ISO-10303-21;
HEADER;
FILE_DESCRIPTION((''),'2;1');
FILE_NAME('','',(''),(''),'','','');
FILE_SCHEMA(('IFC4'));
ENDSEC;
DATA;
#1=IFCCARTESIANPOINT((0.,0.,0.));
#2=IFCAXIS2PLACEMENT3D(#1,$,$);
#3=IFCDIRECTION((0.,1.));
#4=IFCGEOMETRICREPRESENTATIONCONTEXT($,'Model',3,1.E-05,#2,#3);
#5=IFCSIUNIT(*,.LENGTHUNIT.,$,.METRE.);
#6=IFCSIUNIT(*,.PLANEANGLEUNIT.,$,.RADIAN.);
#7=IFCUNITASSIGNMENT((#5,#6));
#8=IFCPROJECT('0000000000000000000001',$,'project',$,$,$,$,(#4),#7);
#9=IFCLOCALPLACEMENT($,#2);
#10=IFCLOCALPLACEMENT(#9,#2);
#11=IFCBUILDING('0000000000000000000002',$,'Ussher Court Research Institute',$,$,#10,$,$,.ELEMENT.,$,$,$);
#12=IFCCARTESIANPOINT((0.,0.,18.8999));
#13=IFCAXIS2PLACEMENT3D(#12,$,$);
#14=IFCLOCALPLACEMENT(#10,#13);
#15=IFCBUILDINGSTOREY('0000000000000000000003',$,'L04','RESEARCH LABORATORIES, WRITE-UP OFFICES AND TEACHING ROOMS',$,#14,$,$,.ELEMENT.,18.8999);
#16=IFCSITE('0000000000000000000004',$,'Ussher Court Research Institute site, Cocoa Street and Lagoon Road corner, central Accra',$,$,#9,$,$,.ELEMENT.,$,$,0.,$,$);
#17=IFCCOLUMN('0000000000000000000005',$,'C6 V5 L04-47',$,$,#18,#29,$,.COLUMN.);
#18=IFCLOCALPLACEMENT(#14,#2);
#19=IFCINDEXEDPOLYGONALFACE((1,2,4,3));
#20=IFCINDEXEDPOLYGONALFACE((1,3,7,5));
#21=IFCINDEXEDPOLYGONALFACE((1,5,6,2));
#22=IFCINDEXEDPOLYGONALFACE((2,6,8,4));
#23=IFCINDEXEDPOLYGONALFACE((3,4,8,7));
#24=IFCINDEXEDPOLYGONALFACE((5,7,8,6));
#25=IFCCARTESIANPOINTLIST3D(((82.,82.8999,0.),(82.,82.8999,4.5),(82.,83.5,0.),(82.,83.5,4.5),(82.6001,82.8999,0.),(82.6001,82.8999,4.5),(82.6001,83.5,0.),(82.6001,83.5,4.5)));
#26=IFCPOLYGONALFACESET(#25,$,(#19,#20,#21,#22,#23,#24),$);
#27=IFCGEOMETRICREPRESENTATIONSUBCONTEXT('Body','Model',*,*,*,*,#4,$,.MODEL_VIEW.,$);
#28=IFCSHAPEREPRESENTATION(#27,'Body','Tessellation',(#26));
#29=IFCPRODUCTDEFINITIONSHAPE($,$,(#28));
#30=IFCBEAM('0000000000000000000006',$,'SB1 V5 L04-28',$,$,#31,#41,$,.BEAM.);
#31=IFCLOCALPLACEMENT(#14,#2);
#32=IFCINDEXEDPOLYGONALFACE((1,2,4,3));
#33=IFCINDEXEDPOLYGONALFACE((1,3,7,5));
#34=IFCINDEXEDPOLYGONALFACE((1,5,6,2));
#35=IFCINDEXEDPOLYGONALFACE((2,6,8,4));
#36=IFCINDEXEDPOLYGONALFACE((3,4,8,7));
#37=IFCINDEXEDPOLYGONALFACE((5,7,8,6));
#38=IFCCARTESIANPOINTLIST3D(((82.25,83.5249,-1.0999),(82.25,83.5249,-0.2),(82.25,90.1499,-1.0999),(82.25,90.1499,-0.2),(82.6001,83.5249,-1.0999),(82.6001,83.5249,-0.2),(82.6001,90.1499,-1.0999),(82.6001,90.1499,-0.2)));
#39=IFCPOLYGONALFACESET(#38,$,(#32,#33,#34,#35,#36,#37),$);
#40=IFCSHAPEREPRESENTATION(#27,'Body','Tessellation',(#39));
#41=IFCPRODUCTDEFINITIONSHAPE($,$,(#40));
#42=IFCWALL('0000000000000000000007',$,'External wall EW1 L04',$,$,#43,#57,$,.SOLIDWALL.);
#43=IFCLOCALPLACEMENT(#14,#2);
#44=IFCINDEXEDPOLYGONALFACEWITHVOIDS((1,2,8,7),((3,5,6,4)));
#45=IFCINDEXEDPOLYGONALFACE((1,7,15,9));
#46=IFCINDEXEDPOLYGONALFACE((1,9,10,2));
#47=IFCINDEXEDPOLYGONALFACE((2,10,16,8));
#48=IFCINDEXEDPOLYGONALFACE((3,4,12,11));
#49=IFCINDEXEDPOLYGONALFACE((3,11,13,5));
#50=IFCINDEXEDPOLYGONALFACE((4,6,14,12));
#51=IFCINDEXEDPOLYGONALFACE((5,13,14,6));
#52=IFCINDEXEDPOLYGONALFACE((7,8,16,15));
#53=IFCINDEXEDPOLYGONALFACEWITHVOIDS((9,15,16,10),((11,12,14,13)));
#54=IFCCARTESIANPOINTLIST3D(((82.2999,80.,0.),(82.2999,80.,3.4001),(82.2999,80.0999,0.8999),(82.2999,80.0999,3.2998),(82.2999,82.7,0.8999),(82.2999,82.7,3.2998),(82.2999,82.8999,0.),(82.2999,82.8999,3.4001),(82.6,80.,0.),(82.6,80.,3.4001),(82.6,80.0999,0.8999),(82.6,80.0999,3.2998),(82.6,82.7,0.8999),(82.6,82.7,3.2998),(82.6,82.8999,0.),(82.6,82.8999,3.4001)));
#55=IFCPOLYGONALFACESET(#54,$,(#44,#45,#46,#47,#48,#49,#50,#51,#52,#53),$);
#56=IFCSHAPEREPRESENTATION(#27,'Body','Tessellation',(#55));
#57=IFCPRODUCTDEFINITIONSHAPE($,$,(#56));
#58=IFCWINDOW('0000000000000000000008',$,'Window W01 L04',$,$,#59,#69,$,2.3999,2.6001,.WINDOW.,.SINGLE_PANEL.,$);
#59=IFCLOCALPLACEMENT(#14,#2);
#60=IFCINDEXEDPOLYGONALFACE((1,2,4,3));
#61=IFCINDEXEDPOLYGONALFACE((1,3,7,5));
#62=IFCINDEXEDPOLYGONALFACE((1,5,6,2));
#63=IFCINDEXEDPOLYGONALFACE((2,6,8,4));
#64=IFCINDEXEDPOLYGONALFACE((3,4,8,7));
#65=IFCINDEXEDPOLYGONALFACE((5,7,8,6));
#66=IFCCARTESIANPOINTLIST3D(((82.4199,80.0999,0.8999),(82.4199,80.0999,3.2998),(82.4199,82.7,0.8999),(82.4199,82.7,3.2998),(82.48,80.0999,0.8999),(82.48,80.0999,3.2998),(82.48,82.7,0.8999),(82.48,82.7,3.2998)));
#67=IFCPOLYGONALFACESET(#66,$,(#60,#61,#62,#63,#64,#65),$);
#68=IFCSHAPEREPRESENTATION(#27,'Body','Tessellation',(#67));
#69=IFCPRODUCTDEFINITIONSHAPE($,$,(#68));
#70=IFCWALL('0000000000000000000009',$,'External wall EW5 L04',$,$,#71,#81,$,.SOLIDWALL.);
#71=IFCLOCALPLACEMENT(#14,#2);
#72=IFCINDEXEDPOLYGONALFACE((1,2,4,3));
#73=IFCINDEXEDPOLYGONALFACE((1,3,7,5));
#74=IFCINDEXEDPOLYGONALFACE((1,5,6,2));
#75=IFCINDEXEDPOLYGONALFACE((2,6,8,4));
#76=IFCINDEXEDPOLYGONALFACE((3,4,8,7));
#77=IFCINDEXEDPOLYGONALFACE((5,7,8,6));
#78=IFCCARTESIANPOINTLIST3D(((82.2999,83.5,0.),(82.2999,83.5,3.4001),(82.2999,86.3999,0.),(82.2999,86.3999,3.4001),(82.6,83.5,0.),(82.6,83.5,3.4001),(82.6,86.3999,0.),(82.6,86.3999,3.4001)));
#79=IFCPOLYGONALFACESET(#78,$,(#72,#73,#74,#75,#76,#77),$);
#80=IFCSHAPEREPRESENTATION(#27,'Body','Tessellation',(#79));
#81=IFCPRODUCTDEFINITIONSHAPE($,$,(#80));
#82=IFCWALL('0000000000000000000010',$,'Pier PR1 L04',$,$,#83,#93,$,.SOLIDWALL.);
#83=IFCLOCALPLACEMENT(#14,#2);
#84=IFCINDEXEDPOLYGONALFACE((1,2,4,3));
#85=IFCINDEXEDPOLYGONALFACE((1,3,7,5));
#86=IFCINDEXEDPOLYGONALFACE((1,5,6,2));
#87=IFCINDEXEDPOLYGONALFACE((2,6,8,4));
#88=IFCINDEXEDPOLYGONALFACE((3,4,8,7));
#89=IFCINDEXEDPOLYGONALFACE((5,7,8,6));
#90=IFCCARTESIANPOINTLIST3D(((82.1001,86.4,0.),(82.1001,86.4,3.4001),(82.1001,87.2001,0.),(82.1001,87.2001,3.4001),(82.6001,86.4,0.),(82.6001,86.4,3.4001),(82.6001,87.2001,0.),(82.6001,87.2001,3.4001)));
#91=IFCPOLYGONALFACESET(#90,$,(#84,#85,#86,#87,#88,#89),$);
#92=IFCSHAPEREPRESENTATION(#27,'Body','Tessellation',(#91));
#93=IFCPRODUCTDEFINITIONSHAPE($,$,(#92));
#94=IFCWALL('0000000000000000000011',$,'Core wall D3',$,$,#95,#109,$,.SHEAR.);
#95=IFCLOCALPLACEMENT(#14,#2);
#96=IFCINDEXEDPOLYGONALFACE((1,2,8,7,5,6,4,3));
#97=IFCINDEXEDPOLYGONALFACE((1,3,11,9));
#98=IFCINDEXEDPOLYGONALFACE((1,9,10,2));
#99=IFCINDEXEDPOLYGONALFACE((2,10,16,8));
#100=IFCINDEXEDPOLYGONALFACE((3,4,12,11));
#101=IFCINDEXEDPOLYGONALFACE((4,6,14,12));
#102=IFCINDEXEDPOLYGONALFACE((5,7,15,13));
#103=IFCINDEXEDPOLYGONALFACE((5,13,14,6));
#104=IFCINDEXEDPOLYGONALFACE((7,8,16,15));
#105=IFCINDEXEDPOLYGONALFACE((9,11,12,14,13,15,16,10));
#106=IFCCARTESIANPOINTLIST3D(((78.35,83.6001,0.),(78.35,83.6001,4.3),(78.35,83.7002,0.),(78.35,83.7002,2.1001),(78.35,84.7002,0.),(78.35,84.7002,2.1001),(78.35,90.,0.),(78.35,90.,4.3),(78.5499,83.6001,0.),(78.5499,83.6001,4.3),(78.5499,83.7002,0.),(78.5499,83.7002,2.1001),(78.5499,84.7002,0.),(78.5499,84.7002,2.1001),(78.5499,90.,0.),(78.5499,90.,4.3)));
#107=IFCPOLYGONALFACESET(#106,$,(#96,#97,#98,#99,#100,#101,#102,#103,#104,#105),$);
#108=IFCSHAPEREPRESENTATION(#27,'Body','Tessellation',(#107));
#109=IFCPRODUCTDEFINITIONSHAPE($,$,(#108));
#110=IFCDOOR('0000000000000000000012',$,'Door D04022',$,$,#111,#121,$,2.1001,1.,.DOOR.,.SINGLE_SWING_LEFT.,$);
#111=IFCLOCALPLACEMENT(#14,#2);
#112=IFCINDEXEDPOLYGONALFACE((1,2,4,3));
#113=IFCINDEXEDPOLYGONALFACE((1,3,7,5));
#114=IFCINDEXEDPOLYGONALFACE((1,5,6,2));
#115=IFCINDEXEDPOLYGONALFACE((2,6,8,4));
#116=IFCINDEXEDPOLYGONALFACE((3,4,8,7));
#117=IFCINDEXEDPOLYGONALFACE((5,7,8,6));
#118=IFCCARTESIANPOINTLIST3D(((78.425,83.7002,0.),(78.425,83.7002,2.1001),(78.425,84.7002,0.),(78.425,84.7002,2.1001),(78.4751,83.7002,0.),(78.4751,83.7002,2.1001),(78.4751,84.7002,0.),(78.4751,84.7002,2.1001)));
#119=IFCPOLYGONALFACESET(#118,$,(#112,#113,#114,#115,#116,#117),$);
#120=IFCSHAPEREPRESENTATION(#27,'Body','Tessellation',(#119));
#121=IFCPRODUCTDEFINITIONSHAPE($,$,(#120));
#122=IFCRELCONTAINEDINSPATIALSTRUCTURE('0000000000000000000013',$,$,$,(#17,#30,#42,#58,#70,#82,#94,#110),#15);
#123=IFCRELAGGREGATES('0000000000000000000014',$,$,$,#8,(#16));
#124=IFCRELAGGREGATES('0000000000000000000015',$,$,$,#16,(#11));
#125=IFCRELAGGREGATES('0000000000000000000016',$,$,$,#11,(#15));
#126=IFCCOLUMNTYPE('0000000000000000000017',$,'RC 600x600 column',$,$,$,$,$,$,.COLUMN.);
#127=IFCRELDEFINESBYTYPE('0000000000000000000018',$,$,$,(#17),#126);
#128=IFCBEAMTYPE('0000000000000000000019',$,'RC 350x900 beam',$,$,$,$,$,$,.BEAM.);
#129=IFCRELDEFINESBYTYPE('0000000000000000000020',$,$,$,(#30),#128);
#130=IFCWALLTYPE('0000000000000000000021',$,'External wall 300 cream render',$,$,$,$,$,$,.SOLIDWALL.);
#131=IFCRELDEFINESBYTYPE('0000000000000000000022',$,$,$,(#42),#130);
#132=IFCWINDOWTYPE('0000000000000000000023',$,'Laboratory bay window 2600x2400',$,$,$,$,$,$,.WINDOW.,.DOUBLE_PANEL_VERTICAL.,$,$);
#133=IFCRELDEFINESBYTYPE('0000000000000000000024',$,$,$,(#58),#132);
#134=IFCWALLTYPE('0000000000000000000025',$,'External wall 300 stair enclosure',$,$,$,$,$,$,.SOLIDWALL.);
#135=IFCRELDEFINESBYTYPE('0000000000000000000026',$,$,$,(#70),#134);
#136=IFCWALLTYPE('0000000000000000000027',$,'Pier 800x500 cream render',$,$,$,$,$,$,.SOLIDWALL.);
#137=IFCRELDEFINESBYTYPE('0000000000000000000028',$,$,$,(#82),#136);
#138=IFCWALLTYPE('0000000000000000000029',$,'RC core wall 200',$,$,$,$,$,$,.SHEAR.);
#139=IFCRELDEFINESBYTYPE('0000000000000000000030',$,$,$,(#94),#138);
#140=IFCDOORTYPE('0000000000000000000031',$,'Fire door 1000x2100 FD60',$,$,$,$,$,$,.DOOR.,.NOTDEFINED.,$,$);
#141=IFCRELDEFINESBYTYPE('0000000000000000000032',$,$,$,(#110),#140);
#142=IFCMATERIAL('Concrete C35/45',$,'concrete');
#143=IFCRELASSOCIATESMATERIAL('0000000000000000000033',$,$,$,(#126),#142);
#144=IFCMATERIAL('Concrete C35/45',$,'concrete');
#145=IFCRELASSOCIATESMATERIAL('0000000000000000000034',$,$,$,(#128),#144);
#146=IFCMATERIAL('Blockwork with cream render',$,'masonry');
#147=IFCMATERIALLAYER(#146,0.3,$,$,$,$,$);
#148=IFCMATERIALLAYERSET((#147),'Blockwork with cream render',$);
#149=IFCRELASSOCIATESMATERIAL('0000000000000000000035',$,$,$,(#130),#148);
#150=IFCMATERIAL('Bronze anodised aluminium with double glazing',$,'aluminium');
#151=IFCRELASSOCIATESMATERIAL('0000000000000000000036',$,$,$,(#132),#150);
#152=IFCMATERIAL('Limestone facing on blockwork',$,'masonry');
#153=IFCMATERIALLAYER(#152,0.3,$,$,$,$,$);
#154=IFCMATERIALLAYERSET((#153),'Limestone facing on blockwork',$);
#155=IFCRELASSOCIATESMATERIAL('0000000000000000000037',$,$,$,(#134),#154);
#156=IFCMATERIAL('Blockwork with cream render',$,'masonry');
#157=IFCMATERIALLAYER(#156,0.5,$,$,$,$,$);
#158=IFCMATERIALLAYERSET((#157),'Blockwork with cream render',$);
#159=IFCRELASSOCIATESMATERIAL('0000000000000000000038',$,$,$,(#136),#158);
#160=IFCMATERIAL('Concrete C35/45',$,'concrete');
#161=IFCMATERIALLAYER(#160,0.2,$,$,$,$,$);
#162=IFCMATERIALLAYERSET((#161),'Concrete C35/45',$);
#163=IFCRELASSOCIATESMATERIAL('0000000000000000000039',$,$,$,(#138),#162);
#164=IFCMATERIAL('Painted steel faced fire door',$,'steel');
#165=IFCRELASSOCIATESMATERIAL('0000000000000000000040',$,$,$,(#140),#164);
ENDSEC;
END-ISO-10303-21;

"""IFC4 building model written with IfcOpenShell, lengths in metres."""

from ifc_helpers import new_model, si_unit, direction, frame, frame_2d, origin, origin_2d, place, context, subcontext, project, spatial, rectangle, extrude, material, layer, layer_set, material_profile, profile_set, type_object, element, fill, save


model = new_model("IFC4")

# Units and contexts
model_context = context("Model", 3, precision=1e-05, world=origin(), true_north=direction((0.0, 1.0)))
body_context = subcontext(model_context, "Body", "Model", "MODEL_VIEW")
ifc_project = project(units=[si_unit("LENGTHUNIT", "METRE"), si_unit("PLANEANGLEUNIT", "RADIAN")], contexts=[model_context])

# Site, building, storey
site_placement = place(None, origin())
site = spatial("IfcSite", under=ifc_project, at=site_placement, Name="Ussher Court Research Institute site, Cocoa Street and Lagoon Road corner, central Accra", CompositionType="ELEMENT", RefElevation=0.0)
building_placement = place(site_placement, origin())
building = spatial("IfcBuilding", under=site, at=building_placement, Name="Ussher Court Research Institute", CompositionType="ELEMENT")
storey_placement = place(building_placement, frame((0.0, 0.0, 18.8999)))
storey = spatial("IfcBuildingStorey", under=building, at=storey_placement, Name="L04", Description="RESEARCH LABORATORIES, WRITE-UP OFFICES AND TEACHING ROOMS", CompositionType="ELEMENT", Elevation=18.8999)

# Column
ifc_material_1 = material(Name="Concrete C35/45", Category="concrete")
ifc_material_profile_1 = material_profile(ifc_material_1, rectangle(XDim=0.6001, YDim=0.6001, at=origin_2d()), Name="RC 600x600")
ifc_profile_set_1 = profile_set([ifc_material_profile_1], Name="Concrete C35/45")
column_type = type_object("IfcColumnType", Name="RC 600x600 column", PredefinedType="COLUMN", material=ifc_profile_set_1)
column_placement = place(storey_placement, frame((82.3, 83.2, 0.0), z_axis=(0.0, 0.0, 1.0), x_axis=(1.0, 0.0, 0.0)))
element("IfcColumn", 1, at=column_placement, inside=storey, type_object=column_type, Name="C6 V5 L04-47", PredefinedType="COLUMN", context=body_context, shape_type="SweptSolid", body=[
    extrude(rectangle(XDim=0.6001, YDim=0.6001, at=origin_2d()), origin(), (0.0, 0.0, 1.0), 4.5),
])

# Beam
ifc_material_2 = material(Name="Concrete C35/45", Category="concrete")
ifc_material_profile_2 = material_profile(ifc_material_2, rectangle(XDim=0.3501, YDim=0.8999, at=origin_2d()), Name="RC 350x900")
ifc_profile_set_2 = profile_set([ifc_material_profile_2], Name="Concrete C35/45")
beam_type = type_object("IfcBeamType", Name="RC 350x900 beam", PredefinedType="BEAM", material=ifc_profile_set_2)
beam_placement = place(storey_placement, frame((82.425, 83.5249, -0.6499), z_axis=(0.0, 1.0, 0.0), x_axis=(-1.0, 0.0, 0.0)))
element("IfcBeam", 2, at=beam_placement, inside=storey, type_object=beam_type, Name="SB1 V5 L04-28", PredefinedType="BEAM", context=body_context, shape_type="SweptSolid", body=[
    extrude(rectangle(XDim=0.3501, YDim=0.8999, at=origin_2d()), origin(), (0.0, 0.0, 1.0), 6.625),
])

# Wall, opening, window
ifc_material_3 = material(Name="Blockwork with cream render", Category="masonry")
ifc_layer_1 = layer(ifc_material_3, 0.3)
ifc_layer_set_1 = layer_set([ifc_layer_1], Name="Blockwork with cream render")
wall_type_1 = type_object("IfcWallType", Name="External wall 300 cream render", PredefinedType="SOLIDWALL", material=ifc_layer_set_1)
wall_1_placement = place(storey_placement, frame((82.45, 82.8999, 0.0), z_axis=(0.0, 0.0, 1.0), x_axis=(0.0, -1.0, 0.0)))
wall_1 = element("IfcWall", 3, at=wall_1_placement, inside=storey, type_object=wall_type_1, Name="External wall EW1 L04", PredefinedType="SOLIDWALL", context=body_context, shape_type="SweptSolid", body=[
    extrude(rectangle(XDim=2.8999, YDim=0.3, at=frame_2d((1.45, 0.0))), origin(), (0.0, 0.0, 1.0), 3.4001),
])
opening_1_placement = place(wall_1_placement, frame((0.2, 0.0, 0.8999)))
opening_1 = element("IfcOpeningElement", 4, at=opening_1_placement, cuts=wall_1, PredefinedType="OPENING", context=body_context, shape_type="SweptSolid", body=[
    extrude(rectangle(XDim=2.6001, YDim=2.3999, at=frame_2d((1.3, 1.2))), frame((0.0, 0.1602, 0.0), z_axis=(0.0, -1.0, 0.0), x_axis=(1.0, 0.0, 0.0)), (0.0, 0.0, 1.0), 0.3201),
])
ifc_material_4 = material(Name="Bronze anodised aluminium with double glazing", Category="aluminium")
window_type = type_object("IfcWindowType", Name="Laboratory bay window 2600x2400", PartitioningType="DOUBLE_PANEL_VERTICAL", PredefinedType="WINDOW", material=ifc_material_4)
window_placement = place(opening_1_placement, origin())
window = element("IfcWindow", 5, at=window_placement, inside=storey, type_object=window_type, Name="Window W01 L04", OverallHeight=2.3999, OverallWidth=2.6001, PartitioningType="SINGLE_PANEL", PredefinedType="WINDOW", context=body_context, shape_type="SweptSolid", body=[
    extrude(rectangle(XDim=2.6001, YDim=2.3999, at=frame_2d((1.3, 1.2))), frame((0.0, 0.03, 0.0), z_axis=(0.0, -1.0, 0.0), x_axis=(1.0, 0.0, 0.0)), (0.0, 0.0, 1.0), 0.0601),
])
fill(opening_1, window)

# Walls
ifc_material_5 = material(Name="Limestone facing on blockwork", Category="masonry")
ifc_layer_2 = layer(ifc_material_5, 0.3)
ifc_layer_set_2 = layer_set([ifc_layer_2], Name="Limestone facing on blockwork")
wall_type_2 = type_object("IfcWallType", Name="External wall 300 stair enclosure", PredefinedType="SOLIDWALL", material=ifc_layer_set_2)
wall_2_placement = place(storey_placement, frame((82.45, 86.3999, 0.0), z_axis=(0.0, 0.0, 1.0), x_axis=(0.0, -1.0, 0.0)))
element("IfcWall", 6, at=wall_2_placement, inside=storey, type_object=wall_type_2, Name="External wall EW5 L04", PredefinedType="SOLIDWALL", context=body_context, shape_type="SweptSolid", body=[
    extrude(rectangle(XDim=2.8999, YDim=0.3, at=frame_2d((1.45, 0.0))), origin(), (0.0, 0.0, 1.0), 3.4001),
])
ifc_material_6 = material(Name="Blockwork with cream render", Category="masonry")
ifc_layer_3 = layer(ifc_material_6, 0.5)
ifc_layer_set_3 = layer_set([ifc_layer_3], Name="Blockwork with cream render")
wall_type_3 = type_object("IfcWallType", Name="Pier 800x500 cream render", PredefinedType="SOLIDWALL", material=ifc_layer_set_3)
wall_3_placement = place(storey_placement, frame((82.3501, 87.2, 0.0), z_axis=(0.0, 0.0, 1.0), x_axis=(0.0, -1.0, 0.0)))
element("IfcWall", 7, at=wall_3_placement, inside=storey, type_object=wall_type_3, Name="Pier PR1 L04", PredefinedType="SOLIDWALL", context=body_context, shape_type="SweptSolid", body=[
    extrude(rectangle(XDim=0.8, YDim=0.5, at=frame_2d((0.3999, 0.0))), origin(), (0.0, 0.0, 1.0), 3.4001),
])

# Wall, opening, door
ifc_material_7 = material(Name="Concrete C35/45", Category="concrete")
ifc_layer_4 = layer(ifc_material_7, 0.2)
ifc_layer_set_4 = layer_set([ifc_layer_4], Name="Concrete C35/45")
wall_type_4 = type_object("IfcWallType", Name="RC core wall 200", PredefinedType="SHEAR", material=ifc_layer_set_4)
wall_4_placement = place(storey_placement, frame((78.45, 83.6001, 0.0), z_axis=(0.0, 0.0, 1.0), x_axis=(0.0, 1.0, 0.0)))
wall_4 = element("IfcWall", 8, at=wall_4_placement, inside=storey, type_object=wall_type_4, Name="Core wall D3", PredefinedType="SHEAR", context=body_context, shape_type="SweptSolid", body=[
    extrude(rectangle(XDim=6.3999, YDim=0.2, at=frame_2d((3.2, 0.0))), origin(), (0.0, 0.0, 1.0), 4.3),
])
opening_2_placement = place(wall_4_placement, frame((0.1001, 0.0, 0.0)))
opening_2 = element("IfcOpeningElement", 9, at=opening_2_placement, cuts=wall_4, PredefinedType="OPENING", context=body_context, shape_type="SweptSolid", body=[
    extrude(rectangle(XDim=1.0, YDim=2.1001, at=frame_2d((0.5, 1.05))), frame((0.0, 0.1099, 0.0), z_axis=(0.0, -1.0, 0.0), x_axis=(1.0, 0.0, 0.0)), (0.0, 0.0, 1.0), 0.22),
])
ifc_material_8 = material(Name="Painted steel faced fire door", Category="steel")
door_type_1 = type_object("IfcDoorType", Name="Fire door 1000x2100 FD60", OperationType="NOTDEFINED", PredefinedType="DOOR", material=ifc_material_8)
door_1_placement = place(opening_2_placement, origin())
door_1 = element("IfcDoor", 10, at=door_1_placement, inside=storey, type_object=door_type_1, Name="Door D04022", OperationType="SINGLE_SWING_LEFT", OverallHeight=2.1001, OverallWidth=1.0, PredefinedType="DOOR", context=body_context, shape_type="SweptSolid", body=[
    extrude(rectangle(XDim=1.0, YDim=2.1001, at=frame_2d((0.5, 1.05))), frame((0.0, 0.0249, 0.0), z_axis=(0.0, -1.0, 0.0), x_axis=(1.0, 0.0, 0.0)), (0.0, 0.0, 1.0), 0.05),
])
fill(opening_2, door_1)

save(model, "model.ifc")
